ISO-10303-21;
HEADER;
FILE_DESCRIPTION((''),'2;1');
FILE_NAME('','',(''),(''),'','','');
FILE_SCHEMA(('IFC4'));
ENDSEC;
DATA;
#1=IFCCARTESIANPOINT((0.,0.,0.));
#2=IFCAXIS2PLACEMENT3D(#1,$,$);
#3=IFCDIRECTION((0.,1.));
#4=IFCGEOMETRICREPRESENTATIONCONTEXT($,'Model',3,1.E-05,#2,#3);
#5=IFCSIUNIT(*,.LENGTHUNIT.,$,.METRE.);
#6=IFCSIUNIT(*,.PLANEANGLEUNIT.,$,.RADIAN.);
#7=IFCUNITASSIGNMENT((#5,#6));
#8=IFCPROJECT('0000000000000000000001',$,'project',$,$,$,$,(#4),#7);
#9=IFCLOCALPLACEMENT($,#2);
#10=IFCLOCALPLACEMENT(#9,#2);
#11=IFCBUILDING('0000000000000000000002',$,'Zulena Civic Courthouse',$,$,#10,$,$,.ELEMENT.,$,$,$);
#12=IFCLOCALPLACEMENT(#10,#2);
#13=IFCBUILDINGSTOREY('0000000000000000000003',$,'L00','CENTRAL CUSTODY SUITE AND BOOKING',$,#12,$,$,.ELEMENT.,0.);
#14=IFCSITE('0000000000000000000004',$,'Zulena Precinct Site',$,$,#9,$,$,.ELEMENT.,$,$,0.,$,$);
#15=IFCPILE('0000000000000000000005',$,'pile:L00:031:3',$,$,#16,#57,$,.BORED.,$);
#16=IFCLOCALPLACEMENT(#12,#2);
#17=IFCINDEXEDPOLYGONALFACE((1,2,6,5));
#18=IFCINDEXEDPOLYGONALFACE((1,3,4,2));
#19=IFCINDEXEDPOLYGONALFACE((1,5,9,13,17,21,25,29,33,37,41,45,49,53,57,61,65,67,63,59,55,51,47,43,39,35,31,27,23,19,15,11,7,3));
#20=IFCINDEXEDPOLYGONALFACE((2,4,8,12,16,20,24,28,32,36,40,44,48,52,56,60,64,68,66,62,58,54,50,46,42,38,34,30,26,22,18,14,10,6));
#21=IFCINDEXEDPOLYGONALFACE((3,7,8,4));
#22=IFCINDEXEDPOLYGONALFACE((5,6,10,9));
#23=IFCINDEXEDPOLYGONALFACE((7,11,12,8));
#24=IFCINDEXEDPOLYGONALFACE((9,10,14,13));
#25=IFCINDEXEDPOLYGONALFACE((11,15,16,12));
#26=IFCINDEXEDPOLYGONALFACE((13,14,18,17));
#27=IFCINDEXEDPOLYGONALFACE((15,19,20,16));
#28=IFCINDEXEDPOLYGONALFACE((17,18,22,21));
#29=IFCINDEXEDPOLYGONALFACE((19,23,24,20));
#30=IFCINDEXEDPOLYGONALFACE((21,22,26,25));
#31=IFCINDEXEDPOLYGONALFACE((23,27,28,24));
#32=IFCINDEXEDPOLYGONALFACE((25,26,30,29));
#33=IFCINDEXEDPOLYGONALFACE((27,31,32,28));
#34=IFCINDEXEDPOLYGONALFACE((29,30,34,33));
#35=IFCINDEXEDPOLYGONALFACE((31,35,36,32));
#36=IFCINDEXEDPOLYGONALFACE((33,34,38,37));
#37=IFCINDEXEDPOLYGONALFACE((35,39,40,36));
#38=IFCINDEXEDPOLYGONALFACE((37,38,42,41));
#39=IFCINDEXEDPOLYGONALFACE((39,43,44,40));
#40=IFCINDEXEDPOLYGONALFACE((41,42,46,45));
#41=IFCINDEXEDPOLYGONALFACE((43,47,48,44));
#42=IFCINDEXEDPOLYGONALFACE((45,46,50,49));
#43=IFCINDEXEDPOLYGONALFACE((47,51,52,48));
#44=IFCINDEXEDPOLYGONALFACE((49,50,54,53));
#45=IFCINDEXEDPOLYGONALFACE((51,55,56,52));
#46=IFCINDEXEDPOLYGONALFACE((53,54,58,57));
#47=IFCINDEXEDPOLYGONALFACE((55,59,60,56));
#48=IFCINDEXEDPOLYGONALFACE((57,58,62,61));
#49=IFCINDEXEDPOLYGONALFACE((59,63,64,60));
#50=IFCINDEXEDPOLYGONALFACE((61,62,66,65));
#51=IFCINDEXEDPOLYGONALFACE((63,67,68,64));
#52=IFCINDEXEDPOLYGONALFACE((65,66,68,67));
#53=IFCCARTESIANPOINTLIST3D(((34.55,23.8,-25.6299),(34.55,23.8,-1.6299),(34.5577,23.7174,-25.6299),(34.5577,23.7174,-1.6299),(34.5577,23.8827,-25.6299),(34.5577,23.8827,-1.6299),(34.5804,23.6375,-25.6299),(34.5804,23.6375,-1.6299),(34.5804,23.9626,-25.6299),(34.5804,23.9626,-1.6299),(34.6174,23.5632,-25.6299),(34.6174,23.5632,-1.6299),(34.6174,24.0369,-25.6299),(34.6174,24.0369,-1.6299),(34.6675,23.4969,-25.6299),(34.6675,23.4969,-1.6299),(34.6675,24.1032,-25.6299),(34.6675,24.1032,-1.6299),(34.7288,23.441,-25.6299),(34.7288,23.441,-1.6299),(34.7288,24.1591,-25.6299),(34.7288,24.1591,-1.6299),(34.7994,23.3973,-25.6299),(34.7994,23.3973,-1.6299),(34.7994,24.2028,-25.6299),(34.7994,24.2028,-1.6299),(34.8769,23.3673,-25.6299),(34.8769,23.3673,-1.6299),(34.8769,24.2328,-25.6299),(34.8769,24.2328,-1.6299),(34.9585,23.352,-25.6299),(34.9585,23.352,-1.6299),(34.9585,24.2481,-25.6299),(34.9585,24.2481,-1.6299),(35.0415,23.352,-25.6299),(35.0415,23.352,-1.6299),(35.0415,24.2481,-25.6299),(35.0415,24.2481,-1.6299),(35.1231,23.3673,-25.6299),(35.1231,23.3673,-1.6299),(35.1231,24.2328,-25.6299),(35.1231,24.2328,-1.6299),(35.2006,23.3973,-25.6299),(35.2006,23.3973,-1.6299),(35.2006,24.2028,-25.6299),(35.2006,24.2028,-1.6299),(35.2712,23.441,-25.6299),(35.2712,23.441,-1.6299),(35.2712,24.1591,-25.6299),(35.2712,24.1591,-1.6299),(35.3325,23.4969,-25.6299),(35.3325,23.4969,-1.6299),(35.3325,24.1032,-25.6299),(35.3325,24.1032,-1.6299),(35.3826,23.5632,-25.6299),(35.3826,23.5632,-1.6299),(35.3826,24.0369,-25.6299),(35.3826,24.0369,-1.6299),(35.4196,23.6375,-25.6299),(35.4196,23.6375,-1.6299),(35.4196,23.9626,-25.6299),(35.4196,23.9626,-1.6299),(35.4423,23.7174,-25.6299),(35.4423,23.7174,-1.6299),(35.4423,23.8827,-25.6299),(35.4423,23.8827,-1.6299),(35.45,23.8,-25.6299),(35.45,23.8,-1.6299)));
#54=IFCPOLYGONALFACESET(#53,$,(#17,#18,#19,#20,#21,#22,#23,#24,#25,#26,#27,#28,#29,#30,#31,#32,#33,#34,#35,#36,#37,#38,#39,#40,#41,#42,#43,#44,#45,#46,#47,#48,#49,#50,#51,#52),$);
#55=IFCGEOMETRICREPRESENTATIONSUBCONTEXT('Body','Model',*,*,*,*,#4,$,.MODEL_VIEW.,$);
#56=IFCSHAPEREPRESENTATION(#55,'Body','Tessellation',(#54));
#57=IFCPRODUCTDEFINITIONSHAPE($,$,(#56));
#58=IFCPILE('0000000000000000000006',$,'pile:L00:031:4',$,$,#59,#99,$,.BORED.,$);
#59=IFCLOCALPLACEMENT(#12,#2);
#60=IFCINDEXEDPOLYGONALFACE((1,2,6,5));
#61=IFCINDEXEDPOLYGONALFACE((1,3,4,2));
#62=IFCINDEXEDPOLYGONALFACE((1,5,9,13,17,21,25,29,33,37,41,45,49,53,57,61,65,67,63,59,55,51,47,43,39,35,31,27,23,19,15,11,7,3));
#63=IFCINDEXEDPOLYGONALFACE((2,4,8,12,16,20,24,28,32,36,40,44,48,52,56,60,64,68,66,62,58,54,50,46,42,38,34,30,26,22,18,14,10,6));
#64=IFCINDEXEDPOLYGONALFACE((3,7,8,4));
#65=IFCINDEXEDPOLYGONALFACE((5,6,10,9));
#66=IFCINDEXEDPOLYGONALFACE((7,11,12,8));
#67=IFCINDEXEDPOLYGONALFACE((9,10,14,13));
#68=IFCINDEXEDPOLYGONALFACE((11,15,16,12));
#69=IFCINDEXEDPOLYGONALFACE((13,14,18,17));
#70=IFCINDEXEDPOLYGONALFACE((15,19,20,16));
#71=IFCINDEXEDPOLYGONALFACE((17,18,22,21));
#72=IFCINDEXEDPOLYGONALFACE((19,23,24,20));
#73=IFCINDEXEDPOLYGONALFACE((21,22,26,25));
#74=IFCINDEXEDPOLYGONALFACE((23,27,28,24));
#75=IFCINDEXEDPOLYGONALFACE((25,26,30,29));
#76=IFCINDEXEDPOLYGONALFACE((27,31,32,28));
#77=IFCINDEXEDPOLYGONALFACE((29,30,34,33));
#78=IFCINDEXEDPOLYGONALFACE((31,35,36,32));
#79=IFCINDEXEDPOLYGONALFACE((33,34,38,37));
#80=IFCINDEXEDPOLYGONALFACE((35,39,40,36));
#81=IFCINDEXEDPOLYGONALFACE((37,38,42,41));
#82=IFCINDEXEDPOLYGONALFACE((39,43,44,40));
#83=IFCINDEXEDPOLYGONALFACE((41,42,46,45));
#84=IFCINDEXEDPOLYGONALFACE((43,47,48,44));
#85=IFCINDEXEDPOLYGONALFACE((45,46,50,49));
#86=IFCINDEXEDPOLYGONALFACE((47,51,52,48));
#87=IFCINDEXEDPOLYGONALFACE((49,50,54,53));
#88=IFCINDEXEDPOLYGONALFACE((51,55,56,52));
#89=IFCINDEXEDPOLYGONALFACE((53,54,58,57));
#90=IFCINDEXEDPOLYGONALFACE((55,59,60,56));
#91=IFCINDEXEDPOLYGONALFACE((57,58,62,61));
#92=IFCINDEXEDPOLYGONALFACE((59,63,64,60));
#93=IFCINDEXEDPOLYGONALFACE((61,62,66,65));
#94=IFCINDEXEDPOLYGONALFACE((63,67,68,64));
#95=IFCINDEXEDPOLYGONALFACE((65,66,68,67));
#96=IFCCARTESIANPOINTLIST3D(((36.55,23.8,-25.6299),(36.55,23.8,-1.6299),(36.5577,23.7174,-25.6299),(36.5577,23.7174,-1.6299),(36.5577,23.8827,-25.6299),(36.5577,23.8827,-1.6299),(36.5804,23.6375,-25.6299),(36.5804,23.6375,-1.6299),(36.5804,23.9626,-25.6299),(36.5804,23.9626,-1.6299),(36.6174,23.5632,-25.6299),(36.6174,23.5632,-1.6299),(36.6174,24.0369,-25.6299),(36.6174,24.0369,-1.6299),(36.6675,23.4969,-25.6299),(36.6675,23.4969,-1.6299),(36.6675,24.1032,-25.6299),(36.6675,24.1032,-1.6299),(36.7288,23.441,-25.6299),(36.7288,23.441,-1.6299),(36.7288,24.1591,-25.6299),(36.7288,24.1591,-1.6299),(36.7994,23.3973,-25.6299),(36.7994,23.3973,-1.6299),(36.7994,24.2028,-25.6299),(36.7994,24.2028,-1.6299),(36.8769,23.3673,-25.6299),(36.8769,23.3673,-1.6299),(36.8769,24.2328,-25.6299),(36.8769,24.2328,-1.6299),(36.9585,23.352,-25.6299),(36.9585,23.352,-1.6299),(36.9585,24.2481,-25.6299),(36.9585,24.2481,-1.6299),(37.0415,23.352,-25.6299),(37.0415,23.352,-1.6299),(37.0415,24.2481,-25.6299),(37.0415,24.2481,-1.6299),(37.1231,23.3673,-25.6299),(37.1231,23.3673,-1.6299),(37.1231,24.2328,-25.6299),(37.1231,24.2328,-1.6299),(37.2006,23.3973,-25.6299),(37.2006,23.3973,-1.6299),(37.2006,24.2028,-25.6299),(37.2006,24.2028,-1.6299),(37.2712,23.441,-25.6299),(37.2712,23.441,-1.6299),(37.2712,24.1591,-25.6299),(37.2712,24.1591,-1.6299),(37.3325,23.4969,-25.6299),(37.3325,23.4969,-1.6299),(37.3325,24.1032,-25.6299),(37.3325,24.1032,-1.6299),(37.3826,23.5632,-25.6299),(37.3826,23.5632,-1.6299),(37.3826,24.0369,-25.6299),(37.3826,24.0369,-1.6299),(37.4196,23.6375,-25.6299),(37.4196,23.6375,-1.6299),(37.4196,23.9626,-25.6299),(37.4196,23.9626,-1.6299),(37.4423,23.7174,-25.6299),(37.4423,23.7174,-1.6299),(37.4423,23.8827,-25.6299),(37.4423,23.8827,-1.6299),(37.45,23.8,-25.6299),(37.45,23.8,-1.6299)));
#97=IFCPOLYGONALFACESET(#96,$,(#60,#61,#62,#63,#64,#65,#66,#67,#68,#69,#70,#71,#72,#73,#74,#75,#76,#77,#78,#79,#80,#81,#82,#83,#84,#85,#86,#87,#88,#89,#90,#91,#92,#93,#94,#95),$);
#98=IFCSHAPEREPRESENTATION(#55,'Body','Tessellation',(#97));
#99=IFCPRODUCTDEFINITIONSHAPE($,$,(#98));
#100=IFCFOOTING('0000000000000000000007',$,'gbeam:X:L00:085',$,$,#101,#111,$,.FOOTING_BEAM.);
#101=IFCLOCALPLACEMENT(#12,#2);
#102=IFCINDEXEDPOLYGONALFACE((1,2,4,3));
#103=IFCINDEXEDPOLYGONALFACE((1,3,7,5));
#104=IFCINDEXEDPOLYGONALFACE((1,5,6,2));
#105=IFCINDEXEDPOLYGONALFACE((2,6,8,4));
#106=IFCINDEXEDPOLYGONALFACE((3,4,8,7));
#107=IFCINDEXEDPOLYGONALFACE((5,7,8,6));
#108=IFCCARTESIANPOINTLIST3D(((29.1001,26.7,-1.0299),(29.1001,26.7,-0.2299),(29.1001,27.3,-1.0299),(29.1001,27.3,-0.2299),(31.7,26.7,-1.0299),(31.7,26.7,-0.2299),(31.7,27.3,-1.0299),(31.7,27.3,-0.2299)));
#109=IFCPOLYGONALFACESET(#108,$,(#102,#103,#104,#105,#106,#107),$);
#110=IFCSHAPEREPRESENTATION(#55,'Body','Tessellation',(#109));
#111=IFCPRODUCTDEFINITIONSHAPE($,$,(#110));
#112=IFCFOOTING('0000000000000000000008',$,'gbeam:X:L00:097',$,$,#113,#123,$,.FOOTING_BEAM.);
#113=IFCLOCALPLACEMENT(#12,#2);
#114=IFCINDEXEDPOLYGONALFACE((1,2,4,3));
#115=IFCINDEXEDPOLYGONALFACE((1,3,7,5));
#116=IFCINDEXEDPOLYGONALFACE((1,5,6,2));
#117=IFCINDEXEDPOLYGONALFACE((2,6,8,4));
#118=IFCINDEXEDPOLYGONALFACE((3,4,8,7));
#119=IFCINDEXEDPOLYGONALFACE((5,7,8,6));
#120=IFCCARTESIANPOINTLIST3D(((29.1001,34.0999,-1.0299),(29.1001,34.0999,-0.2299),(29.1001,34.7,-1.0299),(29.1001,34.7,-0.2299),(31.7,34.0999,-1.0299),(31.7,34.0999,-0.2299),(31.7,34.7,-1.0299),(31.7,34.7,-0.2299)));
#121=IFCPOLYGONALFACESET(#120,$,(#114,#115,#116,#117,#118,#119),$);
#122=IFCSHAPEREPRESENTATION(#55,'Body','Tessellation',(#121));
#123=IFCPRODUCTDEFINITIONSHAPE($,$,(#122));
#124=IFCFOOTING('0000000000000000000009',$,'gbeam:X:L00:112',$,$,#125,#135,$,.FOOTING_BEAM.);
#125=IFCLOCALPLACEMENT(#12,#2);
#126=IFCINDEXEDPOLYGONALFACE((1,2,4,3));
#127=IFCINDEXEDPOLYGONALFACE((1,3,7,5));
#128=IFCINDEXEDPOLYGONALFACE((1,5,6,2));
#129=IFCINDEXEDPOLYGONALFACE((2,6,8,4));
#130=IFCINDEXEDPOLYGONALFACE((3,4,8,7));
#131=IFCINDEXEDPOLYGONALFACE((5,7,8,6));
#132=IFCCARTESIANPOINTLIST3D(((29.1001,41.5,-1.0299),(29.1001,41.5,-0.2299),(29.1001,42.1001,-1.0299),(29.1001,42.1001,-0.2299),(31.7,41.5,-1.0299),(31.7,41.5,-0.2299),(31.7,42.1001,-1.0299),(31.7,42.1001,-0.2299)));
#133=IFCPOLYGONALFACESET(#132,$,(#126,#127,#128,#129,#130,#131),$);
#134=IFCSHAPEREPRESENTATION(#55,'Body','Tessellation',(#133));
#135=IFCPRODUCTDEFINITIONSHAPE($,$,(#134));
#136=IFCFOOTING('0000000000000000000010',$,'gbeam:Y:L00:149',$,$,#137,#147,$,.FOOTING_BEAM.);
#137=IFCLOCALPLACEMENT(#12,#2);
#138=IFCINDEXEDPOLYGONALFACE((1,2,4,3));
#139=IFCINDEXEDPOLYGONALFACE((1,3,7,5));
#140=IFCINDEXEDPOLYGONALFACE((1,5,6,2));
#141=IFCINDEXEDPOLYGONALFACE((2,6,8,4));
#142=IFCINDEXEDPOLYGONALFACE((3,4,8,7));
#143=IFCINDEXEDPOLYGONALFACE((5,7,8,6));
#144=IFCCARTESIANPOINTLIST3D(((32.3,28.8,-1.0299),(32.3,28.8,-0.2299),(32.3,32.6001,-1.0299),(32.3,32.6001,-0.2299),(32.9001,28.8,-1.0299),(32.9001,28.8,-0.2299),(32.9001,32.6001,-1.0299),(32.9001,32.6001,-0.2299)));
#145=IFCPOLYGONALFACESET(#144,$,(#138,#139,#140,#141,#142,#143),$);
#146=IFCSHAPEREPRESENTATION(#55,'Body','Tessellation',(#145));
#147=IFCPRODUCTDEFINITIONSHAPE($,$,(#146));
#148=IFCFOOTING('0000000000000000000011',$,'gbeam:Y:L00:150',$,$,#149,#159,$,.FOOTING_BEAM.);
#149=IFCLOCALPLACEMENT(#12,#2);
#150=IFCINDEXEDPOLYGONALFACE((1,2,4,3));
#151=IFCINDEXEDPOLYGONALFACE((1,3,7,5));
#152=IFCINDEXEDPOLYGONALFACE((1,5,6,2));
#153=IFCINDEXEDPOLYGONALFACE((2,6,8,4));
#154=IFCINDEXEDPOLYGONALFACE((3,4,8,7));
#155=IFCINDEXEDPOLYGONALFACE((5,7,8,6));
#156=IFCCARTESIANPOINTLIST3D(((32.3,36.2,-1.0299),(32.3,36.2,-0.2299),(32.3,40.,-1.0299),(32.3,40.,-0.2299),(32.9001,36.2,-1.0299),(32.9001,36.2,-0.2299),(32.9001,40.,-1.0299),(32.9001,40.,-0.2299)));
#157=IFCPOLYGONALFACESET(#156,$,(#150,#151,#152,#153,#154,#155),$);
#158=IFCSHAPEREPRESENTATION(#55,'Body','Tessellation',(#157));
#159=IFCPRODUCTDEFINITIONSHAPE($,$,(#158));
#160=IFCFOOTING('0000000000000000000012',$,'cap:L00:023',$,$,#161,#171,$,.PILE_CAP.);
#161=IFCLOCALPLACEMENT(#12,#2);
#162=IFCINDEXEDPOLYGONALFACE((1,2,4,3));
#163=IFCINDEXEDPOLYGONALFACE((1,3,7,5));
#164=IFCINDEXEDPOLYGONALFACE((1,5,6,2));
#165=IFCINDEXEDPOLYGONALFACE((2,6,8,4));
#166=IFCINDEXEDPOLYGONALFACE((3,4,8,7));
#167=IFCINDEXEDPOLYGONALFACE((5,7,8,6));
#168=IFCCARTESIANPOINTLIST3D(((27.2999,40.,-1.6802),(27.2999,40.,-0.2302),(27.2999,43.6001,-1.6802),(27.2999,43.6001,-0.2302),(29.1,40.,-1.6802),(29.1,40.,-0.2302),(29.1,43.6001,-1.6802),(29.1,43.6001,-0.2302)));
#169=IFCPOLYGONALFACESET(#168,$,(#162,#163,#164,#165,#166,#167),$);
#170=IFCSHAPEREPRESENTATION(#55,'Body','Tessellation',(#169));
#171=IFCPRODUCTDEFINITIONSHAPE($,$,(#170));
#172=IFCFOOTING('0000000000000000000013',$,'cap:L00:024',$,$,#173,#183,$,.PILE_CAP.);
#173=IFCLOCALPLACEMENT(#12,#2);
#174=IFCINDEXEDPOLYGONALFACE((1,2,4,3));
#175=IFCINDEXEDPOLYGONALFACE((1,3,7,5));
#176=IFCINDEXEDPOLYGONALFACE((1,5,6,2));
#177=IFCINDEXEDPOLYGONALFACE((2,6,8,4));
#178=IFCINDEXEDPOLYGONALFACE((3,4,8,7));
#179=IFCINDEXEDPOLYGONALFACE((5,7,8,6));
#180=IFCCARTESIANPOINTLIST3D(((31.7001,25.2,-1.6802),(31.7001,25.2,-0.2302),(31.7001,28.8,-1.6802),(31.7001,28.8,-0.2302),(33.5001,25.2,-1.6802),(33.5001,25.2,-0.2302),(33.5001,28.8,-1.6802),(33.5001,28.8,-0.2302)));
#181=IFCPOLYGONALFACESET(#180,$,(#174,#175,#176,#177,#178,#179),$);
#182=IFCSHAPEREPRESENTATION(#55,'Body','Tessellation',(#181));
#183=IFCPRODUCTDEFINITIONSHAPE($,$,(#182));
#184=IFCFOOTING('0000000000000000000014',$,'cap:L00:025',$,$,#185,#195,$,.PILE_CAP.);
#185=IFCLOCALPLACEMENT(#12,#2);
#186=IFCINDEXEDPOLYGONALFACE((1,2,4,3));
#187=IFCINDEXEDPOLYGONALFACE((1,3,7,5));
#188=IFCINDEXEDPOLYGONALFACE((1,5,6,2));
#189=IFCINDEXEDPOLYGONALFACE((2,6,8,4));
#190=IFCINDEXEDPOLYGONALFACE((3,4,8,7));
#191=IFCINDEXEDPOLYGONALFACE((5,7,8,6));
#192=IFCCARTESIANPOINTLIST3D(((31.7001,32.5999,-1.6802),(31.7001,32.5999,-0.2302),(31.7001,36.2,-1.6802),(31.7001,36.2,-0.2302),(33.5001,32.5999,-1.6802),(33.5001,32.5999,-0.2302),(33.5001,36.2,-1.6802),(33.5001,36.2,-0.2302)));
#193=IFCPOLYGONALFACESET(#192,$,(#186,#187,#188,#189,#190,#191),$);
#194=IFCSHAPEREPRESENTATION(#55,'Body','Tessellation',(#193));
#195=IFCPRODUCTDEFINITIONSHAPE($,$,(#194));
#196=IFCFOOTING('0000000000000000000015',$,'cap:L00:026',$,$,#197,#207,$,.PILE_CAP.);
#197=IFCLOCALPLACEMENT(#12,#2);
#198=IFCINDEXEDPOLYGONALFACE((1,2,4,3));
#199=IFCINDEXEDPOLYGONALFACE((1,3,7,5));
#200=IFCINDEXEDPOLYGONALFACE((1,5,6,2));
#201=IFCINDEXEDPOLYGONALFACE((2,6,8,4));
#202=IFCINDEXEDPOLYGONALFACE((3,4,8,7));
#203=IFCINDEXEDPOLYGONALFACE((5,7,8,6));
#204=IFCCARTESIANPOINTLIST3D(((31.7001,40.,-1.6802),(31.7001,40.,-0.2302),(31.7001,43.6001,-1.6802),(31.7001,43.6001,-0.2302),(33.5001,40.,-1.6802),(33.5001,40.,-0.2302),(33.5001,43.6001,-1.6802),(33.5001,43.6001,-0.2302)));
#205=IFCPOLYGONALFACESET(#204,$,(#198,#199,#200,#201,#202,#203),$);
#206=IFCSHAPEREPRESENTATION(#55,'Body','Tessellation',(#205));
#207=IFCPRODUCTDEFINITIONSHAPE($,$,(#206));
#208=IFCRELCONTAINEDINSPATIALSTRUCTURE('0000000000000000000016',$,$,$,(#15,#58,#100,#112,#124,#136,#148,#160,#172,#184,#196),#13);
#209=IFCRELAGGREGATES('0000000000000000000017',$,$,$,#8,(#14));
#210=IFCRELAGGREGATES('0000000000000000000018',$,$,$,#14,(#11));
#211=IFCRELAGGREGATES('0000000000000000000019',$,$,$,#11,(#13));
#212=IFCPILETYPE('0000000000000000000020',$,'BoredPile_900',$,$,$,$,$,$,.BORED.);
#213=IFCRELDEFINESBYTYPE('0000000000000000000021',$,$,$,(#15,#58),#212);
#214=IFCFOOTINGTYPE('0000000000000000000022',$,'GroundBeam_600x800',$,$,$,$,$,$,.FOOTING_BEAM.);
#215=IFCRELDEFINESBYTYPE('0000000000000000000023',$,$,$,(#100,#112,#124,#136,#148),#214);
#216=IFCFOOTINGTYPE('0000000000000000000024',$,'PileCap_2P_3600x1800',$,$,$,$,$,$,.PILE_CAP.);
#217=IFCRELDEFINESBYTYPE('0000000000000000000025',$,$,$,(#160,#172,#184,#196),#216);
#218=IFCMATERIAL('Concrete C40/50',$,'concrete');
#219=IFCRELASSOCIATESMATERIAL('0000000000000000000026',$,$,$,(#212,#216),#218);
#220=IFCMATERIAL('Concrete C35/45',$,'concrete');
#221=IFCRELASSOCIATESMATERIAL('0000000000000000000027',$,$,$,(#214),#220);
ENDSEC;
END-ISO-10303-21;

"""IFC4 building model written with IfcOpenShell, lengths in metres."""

from ifc_helpers import new_model, si_unit, direction, frame, origin, origin_2d, place, context, subcontext, project, spatial, rectangle, circle, extrude, material, material_profile, profile_set, type_object, element, save


model = new_model("IFC4")

# Units and contexts
model_context = context("Model", 3, precision=1e-05, world=origin(), true_north=direction((0.0, 1.0)))
body_context = subcontext(model_context, "Body", "Model", "MODEL_VIEW")
ifc_project = project(units=[si_unit("LENGTHUNIT", "METRE"), si_unit("PLANEANGLEUNIT", "RADIAN")], contexts=[model_context])

# Site, building, storey
site_placement = place(None, origin())
site = spatial("IfcSite", under=ifc_project, at=site_placement, Name="Zulena Precinct Site", CompositionType="ELEMENT", RefElevation=0.0)
building_placement = place(site_placement, origin())
building = spatial("IfcBuilding", under=site, at=building_placement, Name="Zulena Civic Courthouse", CompositionType="ELEMENT")
storey_placement = place(building_placement, origin())
storey = spatial("IfcBuildingStorey", under=building, at=storey_placement, Name="L00", Description="CENTRAL CUSTODY SUITE AND BOOKING", CompositionType="ELEMENT", Elevation=0.0)

# Piles
ifc_material_1 = material(Name="Concrete C40/50", Category="concrete")
ifc_material_profile_1 = material_profile(ifc_material_1, circle(Radius=0.45, at=origin_2d()), Name="PILE900")
ifc_profile_set_1 = profile_set([ifc_material_profile_1], Name="Concrete C40/50")
pile_type = type_object("IfcPileType", Name="BoredPile_900", PredefinedType="BORED", material=ifc_profile_set_1)
for number, where, z_axis, x_axis, name in (
    (1, (35.0, 23.8, -1.6299), (0.0, 0.0, -1.0), (1.0, 0.0, 0.0), "pile:L00:031:3"),
    (2, (37.0, 23.8, -1.6299), (0.0, 0.0, -1.0), (1.0, 0.0, 0.0), "pile:L00:031:4"),
):
    element("IfcPile", number, at=place(storey_placement, frame(where, z_axis=z_axis, x_axis=x_axis)), inside=storey, type_object=pile_type, Name=name, PredefinedType="BORED", context=body_context, shape_type="SweptSolid", body=[
        extrude(circle(Radius=0.45, at=origin_2d()), origin(), (0.0, 0.0, 1.0), 24.0),
    ])

# Footings
ifc_material_2 = material(Name="Concrete C35/45", Category="concrete")
ifc_material_profile_2 = material_profile(ifc_material_2, rectangle(XDim=0.6001, YDim=0.8, at=origin_2d()), Name="RC600X800")
ifc_profile_set_2 = profile_set([ifc_material_profile_2], Name="Concrete C35/45")
footing_type_1 = type_object("IfcFootingType", Name="GroundBeam_600x800", PredefinedType="FOOTING_BEAM", material=ifc_profile_set_2)
for number, where, z_axis, x_axis, name in (
    (3, (29.1001, 27.0, -0.6299), (1.0, 0.0, 0.0), (0.0, 1.0, 0.0), "gbeam:X:L00:085"),
    (4, (29.1001, 34.3999, -0.6299), (1.0, 0.0, 0.0), (0.0, 1.0, 0.0), "gbeam:X:L00:097"),
    (5, (29.1001, 41.8, -0.6299), (1.0, 0.0, 0.0), (0.0, 1.0, 0.0), "gbeam:X:L00:112"),
):
    element("IfcFooting", number, at=place(storey_placement, frame(where, z_axis=z_axis, x_axis=x_axis)), inside=storey, type_object=footing_type_1, Name=name, PredefinedType="FOOTING_BEAM", context=body_context, shape_type="SweptSolid", body=[
        extrude(rectangle(XDim=0.6001, YDim=0.8, at=origin_2d()), origin(), (0.0, 0.0, 1.0), 2.5999),
    ])
for number, where, z_axis, x_axis, name in (
    (6, (32.6001, 28.8, -0.6299), (0.0, 1.0, 0.0), (-1.0, 0.0, 0.0), "gbeam:Y:L00:149"),
    (7, (32.6001, 36.2, -0.6299), (0.0, 1.0, 0.0), (-1.0, 0.0, 0.0), "gbeam:Y:L00:150"),
):
    element("IfcFooting", number, at=place(storey_placement, frame(where, z_axis=z_axis, x_axis=x_axis)), inside=storey, type_object=footing_type_1, Name=name, PredefinedType="FOOTING_BEAM", context=body_context, shape_type="SweptSolid", body=[
        extrude(rectangle(XDim=0.6001, YDim=0.8, at=origin_2d()), origin(), (0.0, 0.0, 1.0), 3.8),
    ])
footing_type_2 = type_object("IfcFootingType", Name="PileCap_2P_3600x1800", PredefinedType="PILE_CAP", material=ifc_material_1)
for number, where, z_axis, x_axis, name in (
    (8, (28.2, 41.8, -1.6802), (0.0, 0.0, 1.0), (1.0, 0.0, 0.0), "cap:L00:023"),
    (9, (32.6001, 27.0, -1.6802), (0.0, 0.0, 1.0), (1.0, 0.0, 0.0), "cap:L00:024"),
    (10, (32.6001, 34.3999, -1.6802), (0.0, 0.0, 1.0), (1.0, 0.0, 0.0), "cap:L00:025"),
    (11, (32.6001, 41.8, -1.6802), (0.0, 0.0, 1.0), (1.0, 0.0, 0.0), "cap:L00:026"),
):
    element("IfcFooting", number, at=place(storey_placement, frame(where, z_axis=z_axis, x_axis=x_axis)), inside=storey, type_object=footing_type_2, Name=name, PredefinedType="PILE_CAP", context=body_context, shape_type="SweptSolid", body=[
        extrude(rectangle(XDim=1.8, YDim=3.6001, at=origin_2d()), origin(), (0.0, 0.0, 1.0), 1.45),
    ])

save(model, "model.ifc")
